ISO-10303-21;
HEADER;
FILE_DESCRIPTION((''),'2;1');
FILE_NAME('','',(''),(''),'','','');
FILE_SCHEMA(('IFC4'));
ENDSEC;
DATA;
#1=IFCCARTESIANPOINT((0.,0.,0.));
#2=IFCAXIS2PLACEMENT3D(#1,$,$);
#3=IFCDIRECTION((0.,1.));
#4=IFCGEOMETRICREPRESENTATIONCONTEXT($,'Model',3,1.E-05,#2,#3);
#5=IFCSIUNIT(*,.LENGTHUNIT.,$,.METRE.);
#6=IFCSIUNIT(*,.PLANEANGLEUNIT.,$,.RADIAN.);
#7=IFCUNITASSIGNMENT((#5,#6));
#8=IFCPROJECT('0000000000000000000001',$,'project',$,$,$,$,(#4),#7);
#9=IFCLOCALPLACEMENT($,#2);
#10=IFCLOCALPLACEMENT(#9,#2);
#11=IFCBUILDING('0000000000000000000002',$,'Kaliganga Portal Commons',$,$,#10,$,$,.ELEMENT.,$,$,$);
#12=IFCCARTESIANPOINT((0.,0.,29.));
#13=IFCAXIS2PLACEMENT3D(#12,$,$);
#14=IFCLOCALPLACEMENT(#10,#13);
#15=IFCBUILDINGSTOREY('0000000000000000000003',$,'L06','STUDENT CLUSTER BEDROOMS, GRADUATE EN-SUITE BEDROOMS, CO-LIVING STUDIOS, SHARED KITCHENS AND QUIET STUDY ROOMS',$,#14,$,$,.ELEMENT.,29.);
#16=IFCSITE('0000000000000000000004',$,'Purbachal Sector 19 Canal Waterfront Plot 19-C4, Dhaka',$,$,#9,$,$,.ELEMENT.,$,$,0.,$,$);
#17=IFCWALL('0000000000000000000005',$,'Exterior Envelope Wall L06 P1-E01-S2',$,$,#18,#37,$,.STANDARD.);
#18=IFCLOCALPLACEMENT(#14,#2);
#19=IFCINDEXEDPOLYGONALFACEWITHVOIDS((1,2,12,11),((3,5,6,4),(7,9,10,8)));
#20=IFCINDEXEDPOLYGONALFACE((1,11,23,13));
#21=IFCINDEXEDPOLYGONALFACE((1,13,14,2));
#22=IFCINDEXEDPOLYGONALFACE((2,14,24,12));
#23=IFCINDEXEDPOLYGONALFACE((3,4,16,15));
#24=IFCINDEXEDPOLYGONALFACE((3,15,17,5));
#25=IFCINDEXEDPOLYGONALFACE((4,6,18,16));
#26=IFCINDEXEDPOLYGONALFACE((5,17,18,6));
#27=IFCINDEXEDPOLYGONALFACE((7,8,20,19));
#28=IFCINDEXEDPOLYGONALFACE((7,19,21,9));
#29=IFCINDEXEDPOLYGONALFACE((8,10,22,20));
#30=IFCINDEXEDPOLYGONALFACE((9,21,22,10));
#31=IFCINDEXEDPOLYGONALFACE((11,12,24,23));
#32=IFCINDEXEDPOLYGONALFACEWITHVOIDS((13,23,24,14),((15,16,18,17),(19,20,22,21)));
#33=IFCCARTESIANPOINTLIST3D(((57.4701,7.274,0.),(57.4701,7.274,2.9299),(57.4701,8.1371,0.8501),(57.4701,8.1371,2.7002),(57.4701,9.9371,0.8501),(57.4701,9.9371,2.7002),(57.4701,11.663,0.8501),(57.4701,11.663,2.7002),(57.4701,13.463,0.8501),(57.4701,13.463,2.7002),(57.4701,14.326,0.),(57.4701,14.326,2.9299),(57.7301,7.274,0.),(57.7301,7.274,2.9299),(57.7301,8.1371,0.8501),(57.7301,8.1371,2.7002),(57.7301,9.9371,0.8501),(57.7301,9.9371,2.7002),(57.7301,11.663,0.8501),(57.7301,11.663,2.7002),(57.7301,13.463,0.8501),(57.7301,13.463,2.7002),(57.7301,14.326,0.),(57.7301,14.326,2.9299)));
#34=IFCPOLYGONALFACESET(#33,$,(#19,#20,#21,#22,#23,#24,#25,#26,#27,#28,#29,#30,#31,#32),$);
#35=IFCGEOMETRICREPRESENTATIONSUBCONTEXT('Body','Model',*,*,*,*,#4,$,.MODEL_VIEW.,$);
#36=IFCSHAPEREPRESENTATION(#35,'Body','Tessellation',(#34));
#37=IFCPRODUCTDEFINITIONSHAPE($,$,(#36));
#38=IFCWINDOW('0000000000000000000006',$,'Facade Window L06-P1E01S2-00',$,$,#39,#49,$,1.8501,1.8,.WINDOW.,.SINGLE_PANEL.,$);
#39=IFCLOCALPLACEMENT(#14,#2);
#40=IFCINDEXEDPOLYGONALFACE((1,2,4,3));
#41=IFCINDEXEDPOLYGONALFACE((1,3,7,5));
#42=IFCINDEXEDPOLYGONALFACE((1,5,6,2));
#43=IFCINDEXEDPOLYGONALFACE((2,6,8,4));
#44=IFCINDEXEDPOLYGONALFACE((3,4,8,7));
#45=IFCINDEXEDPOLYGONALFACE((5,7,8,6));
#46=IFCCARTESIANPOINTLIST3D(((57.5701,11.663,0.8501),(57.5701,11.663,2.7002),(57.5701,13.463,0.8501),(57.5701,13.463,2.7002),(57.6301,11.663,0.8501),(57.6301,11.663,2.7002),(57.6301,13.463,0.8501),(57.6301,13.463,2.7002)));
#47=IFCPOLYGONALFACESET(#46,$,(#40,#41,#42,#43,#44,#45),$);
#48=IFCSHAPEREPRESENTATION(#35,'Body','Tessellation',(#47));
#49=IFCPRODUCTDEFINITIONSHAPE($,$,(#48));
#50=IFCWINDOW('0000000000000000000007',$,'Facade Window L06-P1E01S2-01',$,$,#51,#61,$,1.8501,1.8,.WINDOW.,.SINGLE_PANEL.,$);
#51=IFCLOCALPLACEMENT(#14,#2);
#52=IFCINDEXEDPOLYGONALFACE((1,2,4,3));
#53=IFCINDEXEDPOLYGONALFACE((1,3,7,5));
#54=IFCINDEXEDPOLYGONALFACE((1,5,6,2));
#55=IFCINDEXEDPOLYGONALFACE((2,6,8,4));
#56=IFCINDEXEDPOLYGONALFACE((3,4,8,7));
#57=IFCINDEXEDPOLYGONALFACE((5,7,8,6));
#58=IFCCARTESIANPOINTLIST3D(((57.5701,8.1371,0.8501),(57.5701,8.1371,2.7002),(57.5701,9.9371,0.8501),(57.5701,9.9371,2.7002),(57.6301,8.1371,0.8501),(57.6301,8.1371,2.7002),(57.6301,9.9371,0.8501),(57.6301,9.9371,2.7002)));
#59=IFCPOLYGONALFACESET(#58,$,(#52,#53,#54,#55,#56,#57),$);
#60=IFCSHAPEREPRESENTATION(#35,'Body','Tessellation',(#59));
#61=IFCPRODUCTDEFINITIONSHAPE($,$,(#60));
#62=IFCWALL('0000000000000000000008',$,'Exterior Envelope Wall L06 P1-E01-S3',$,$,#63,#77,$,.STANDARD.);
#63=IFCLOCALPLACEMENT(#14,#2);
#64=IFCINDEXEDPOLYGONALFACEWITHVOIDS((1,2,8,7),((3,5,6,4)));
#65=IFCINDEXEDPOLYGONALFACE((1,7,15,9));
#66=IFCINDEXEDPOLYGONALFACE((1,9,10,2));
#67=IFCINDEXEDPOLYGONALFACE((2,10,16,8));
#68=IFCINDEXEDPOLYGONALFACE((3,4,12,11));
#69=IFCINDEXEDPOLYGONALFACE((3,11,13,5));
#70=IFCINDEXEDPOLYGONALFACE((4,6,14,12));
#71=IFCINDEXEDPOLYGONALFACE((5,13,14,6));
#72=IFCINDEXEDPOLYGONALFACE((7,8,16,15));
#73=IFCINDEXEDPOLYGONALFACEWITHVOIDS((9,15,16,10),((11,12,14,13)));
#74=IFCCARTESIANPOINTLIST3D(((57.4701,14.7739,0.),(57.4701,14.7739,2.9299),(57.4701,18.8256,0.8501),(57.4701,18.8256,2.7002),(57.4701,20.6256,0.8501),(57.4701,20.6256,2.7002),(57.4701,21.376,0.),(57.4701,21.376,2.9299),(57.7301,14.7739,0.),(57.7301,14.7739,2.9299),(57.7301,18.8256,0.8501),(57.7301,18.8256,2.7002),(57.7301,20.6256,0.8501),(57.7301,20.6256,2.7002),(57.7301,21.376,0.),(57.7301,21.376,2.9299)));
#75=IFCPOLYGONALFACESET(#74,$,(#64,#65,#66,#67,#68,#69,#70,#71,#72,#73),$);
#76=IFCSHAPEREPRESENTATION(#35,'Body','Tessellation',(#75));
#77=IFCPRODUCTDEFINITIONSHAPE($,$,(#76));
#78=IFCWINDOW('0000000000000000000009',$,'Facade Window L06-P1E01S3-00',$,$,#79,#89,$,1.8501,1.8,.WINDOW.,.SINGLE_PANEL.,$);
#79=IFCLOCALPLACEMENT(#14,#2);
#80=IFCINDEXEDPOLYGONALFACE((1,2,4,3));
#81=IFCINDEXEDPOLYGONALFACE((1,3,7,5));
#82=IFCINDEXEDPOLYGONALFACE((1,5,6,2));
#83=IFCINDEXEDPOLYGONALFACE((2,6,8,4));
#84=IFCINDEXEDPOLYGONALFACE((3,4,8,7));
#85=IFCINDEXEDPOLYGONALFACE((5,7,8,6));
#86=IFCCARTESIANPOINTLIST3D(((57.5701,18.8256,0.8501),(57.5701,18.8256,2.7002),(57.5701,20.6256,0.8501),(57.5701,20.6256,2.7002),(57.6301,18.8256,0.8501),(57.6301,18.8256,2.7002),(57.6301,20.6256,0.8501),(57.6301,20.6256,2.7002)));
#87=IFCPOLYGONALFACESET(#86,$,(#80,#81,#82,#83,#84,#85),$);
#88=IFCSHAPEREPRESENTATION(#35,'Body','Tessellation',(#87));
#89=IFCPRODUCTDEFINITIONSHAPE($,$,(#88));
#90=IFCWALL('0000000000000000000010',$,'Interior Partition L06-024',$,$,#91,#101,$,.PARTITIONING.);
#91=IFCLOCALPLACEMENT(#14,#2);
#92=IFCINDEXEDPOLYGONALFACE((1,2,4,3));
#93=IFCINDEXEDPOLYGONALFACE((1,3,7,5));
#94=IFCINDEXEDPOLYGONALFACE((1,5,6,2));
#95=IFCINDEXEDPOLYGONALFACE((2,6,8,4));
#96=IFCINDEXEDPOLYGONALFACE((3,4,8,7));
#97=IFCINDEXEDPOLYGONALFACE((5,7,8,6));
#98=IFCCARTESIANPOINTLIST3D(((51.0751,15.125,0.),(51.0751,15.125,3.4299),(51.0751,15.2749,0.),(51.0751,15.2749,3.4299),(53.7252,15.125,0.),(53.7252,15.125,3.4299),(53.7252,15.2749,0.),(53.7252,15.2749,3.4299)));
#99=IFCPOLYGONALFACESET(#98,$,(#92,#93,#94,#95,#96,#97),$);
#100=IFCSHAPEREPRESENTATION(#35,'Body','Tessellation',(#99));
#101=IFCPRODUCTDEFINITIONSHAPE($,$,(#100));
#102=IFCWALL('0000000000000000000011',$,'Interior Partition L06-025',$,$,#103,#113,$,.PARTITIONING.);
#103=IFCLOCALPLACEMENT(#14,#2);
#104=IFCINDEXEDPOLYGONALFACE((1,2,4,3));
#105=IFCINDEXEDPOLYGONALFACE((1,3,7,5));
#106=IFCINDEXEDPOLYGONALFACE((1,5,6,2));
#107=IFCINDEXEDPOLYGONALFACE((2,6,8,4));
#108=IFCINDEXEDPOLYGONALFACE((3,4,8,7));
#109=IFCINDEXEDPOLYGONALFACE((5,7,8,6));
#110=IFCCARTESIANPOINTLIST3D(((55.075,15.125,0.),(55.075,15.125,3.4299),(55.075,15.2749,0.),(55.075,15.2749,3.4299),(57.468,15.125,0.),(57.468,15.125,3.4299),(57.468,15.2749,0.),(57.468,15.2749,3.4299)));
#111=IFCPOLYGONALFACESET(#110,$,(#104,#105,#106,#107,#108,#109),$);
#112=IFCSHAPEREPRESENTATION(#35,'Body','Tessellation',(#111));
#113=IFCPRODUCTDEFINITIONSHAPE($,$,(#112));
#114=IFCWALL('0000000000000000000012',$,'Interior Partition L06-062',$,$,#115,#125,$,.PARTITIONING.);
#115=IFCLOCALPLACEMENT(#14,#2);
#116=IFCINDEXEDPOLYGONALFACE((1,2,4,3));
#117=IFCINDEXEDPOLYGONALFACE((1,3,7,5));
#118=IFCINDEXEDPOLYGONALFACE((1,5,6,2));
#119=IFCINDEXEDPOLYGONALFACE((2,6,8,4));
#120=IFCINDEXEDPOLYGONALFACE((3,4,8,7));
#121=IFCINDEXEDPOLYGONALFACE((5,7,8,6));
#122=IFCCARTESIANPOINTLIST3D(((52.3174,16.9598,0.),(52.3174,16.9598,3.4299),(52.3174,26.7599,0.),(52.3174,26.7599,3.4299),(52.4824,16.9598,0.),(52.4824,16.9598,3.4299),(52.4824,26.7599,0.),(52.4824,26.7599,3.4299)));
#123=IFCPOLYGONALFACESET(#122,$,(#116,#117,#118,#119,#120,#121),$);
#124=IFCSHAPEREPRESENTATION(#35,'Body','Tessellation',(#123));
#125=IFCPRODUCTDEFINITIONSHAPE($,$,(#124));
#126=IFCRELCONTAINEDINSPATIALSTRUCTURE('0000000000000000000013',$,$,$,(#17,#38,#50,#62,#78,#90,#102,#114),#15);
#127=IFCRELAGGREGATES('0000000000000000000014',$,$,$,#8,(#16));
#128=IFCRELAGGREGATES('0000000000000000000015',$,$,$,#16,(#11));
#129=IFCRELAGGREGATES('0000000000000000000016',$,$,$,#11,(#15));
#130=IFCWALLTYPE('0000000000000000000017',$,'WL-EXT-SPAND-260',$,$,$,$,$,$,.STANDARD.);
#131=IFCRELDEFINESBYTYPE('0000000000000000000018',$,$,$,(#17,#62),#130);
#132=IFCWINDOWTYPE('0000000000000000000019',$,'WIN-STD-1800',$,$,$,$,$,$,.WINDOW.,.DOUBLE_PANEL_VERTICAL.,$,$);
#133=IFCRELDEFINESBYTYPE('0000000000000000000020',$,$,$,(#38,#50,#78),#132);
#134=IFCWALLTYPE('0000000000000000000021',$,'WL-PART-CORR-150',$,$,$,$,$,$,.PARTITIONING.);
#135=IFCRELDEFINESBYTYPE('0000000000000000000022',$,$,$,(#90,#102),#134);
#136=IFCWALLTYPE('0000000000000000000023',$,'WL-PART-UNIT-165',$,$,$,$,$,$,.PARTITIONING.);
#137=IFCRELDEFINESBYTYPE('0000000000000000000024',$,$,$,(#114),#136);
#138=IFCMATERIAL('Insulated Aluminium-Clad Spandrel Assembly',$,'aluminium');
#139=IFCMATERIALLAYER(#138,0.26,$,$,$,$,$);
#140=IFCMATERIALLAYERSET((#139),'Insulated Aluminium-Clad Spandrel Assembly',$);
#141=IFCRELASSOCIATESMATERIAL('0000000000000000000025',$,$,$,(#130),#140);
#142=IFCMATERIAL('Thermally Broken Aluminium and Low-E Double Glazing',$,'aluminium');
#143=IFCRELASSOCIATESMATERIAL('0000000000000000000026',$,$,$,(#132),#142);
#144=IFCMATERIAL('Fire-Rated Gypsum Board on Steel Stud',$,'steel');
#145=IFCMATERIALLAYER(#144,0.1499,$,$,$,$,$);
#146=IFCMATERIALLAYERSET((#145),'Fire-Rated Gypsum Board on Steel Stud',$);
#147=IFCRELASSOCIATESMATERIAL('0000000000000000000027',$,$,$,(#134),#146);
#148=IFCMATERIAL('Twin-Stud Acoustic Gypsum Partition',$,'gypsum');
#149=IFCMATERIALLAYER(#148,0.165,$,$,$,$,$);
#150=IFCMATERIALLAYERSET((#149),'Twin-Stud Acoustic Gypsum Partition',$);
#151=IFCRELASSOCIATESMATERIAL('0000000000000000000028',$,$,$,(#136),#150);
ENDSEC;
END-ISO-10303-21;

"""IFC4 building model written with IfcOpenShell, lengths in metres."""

from ifc_helpers import new_model, si_unit, direction, frame, frame_2d, origin, place, context, subcontext, project, spatial, rectangle, extrude, material, layer, layer_set, type_object, element, fill, save


model = new_model("IFC4")

# Units and contexts
model_context = context("Model", 3, precision=1e-05, world=origin(), true_north=direction((0.0, 1.0)))
body_context = subcontext(model_context, "Body", "Model", "MODEL_VIEW")
ifc_project = project(units=[si_unit("LENGTHUNIT", "METRE"), si_unit("PLANEANGLEUNIT", "RADIAN")], contexts=[model_context])

# Site, building, storey
site_placement = place(None, origin())
site = spatial("IfcSite", under=ifc_project, at=site_placement, Name="Purbachal Sector 19 Canal Waterfront Plot 19-C4, Dhaka", CompositionType="ELEMENT", RefElevation=0.0)
building_placement = place(site_placement, origin())
building = spatial("IfcBuilding", under=site, at=building_placement, Name="Kaliganga Portal Commons", CompositionType="ELEMENT")
storey_placement = place(building_placement, frame((0.0, 0.0, 29.0)))
storey = spatial("IfcBuildingStorey", under=building, at=storey_placement, Name="L06", Description="STUDENT CLUSTER BEDROOMS, GRADUATE EN-SUITE BEDROOMS, CO-LIVING STUDIOS, SHARED KITCHENS AND QUIET STUDY ROOMS", CompositionType="ELEMENT", Elevation=29.0)

# Wall, openings, windows
ifc_material_1 = material(Name="Insulated Aluminium-Clad Spandrel Assembly", Category="aluminium")
ifc_layer_1 = layer(ifc_material_1, 0.26)
ifc_layer_set_1 = layer_set([ifc_layer_1], Name="Insulated Aluminium-Clad Spandrel Assembly")
wall_type_1 = type_object("IfcWallType", Name="WL-EXT-SPAND-260", PredefinedType="STANDARD", material=ifc_layer_set_1)
wall_1_placement = place(storey_placement, frame((57.6001, 14.3259, 0.0), z_axis=(0.0, 0.0, 1.0), x_axis=(0.0, -1.0, 0.0)))
wall_1 = element("IfcWall", 1, at=wall_1_placement, inside=storey, type_object=wall_type_1, Name="Exterior Envelope Wall L06 P1-E01-S2", PredefinedType="STANDARD", context=body_context, shape_type="SweptSolid", body=[
    extrude(rectangle(XDim=7.052, YDim=0.26, at=frame_2d((3.5259, 0.0))), origin(), (0.0, 0.0, 1.0), 2.9299),
])
opening_1_placement = place(wall_1_placement, frame((0.863, 0.0, 0.8501)))
opening_1 = element("IfcOpeningElement", 2, at=opening_1_placement, cuts=wall_1, PredefinedType="OPENING", context=body_context, shape_type="SweptSolid", body=[
    extrude(rectangle(XDim=1.8, YDim=1.8501, at=frame_2d((0.8999, 0.925))), frame((0.0, 0.1401, 0.0), z_axis=(0.0, -1.0, 0.0), x_axis=(1.0, 0.0, 0.0)), (0.0, 0.0, 1.0), 0.28),
])
opening_2_placement = place(wall_1_placement, frame((4.3889, 0.0, 0.8501)))
opening_2 = element("IfcOpeningElement", 3, at=opening_2_placement, cuts=wall_1, PredefinedType="OPENING", context=body_context, shape_type="SweptSolid", body=[
    extrude(rectangle(XDim=1.8, YDim=1.8501, at=frame_2d((0.8999, 0.925))), frame((0.0, 0.1401, 0.0), z_axis=(0.0, -1.0, 0.0), x_axis=(1.0, 0.0, 0.0)), (0.0, 0.0, 1.0), 0.28),
])
ifc_material_2 = material(Name="Thermally Broken Aluminium and Low-E Double Glazing", Category="aluminium")
window_type = type_object("IfcWindowType", Name="WIN-STD-1800", PartitioningType="DOUBLE_PANEL_VERTICAL", PredefinedType="WINDOW", material=ifc_material_2)
window_1_placement = place(opening_1_placement, origin())
window_1 = element("IfcWindow", 4, at=window_1_placement, inside=storey, type_object=window_type, Name="Facade Window L06-P1E01S2-00", OverallHeight=1.8501, OverallWidth=1.8, PartitioningType="SINGLE_PANEL", PredefinedType="WINDOW", context=body_context, shape_type="SweptSolid", body=[
    extrude(rectangle(XDim=1.8, YDim=1.8501, at=frame_2d((0.8999, 0.925))), frame((0.0, 0.03, 0.0), z_axis=(0.0, -1.0, 0.0), x_axis=(1.0, 0.0, 0.0)), (0.0, 0.0, 1.0), 0.0601),
])
fill(opening_1, window_1)
window_2_placement = place(opening_2_placement, origin())
window_2 = element("IfcWindow", 5, at=window_2_placement, inside=storey, type_object=window_type, Name="Facade Window L06-P1E01S2-01", OverallHeight=1.8501, OverallWidth=1.8, PartitioningType="SINGLE_PANEL", PredefinedType="WINDOW", context=body_context, shape_type="SweptSolid", body=[
    extrude(rectangle(XDim=1.8, YDim=1.8501, at=frame_2d((0.8999, 0.925))), frame((0.0, 0.03, 0.0), z_axis=(0.0, -1.0, 0.0), x_axis=(1.0, 0.0, 0.0)), (0.0, 0.0, 1.0), 0.0601),
])
fill(opening_2, window_2)

# Wall, opening, window
wall_2_placement = place(storey_placement, frame((57.6001, 21.376, 0.0), z_axis=(0.0, 0.0, 1.0), x_axis=(0.0, -1.0, 0.0)))
wall_2 = element("IfcWall", 6, at=wall_2_placement, inside=storey, type_object=wall_type_1, Name="Exterior Envelope Wall L06 P1-E01-S3", PredefinedType="STANDARD", context=body_context, shape_type="SweptSolid", body=[
    extrude(rectangle(XDim=6.6021, YDim=0.26, at=frame_2d((3.301, 0.0))), origin(), (0.0, 0.0, 1.0), 2.9299),
])
opening_3_placement = place(wall_2_placement, frame((0.7505, 0.0, 0.8501)))
opening_3 = element("IfcOpeningElement", 7, at=opening_3_placement, cuts=wall_2, PredefinedType="OPENING", context=body_context, shape_type="SweptSolid", body=[
    extrude(rectangle(XDim=1.8, YDim=1.8501, at=frame_2d((0.8999, 0.925))), frame((0.0, 0.1401, 0.0), z_axis=(0.0, -1.0, 0.0), x_axis=(1.0, 0.0, 0.0)), (0.0, 0.0, 1.0), 0.28),
])
window_3_placement = place(opening_3_placement, origin())
window_3 = element("IfcWindow", 8, at=window_3_placement, inside=storey, type_object=window_type, Name="Facade Window L06-P1E01S3-00", OverallHeight=1.8501, OverallWidth=1.8, PartitioningType="SINGLE_PANEL", PredefinedType="WINDOW", context=body_context, shape_type="SweptSolid", body=[
    extrude(rectangle(XDim=1.8, YDim=1.8501, at=frame_2d((0.8999, 0.925))), frame((0.0, 0.03, 0.0), z_axis=(0.0, -1.0, 0.0), x_axis=(1.0, 0.0, 0.0)), (0.0, 0.0, 1.0), 0.0601),
])
fill(opening_3, window_3)

# Walls
ifc_material_3 = material(Name="Fire-Rated Gypsum Board on Steel Stud", Category="steel")
ifc_layer_2 = layer(ifc_material_3, 0.1499)
ifc_layer_set_2 = layer_set([ifc_layer_2], Name="Fire-Rated Gypsum Board on Steel Stud")
wall_type_2 = type_object("IfcWallType", Name="WL-PART-CORR-150", PredefinedType="PARTITIONING", material=ifc_layer_set_2)
wall_3_placement = place(storey_placement, frame((51.075, 15.2, 0.0), z_axis=(0.0, 0.0, 1.0), x_axis=(1.0, 0.0, 0.0)))
element("IfcWall", 9, at=wall_3_placement, inside=storey, type_object=wall_type_2, Name="Interior Partition L06-024", PredefinedType="PARTITIONING", context=body_context, shape_type="SweptSolid", body=[
    extrude(rectangle(XDim=2.6501, YDim=0.1499, at=frame_2d((1.3252, 0.0))), origin(), (0.0, 0.0, 1.0), 3.4299),
])
wall_4_placement = place(storey_placement, frame((55.075, 15.2, 0.0), z_axis=(0.0, 0.0, 1.0), x_axis=(1.0, 0.0, 0.0)))
element("IfcWall", 10, at=wall_4_placement, inside=storey, type_object=wall_type_2, Name="Interior Partition L06-025", PredefinedType="PARTITIONING", context=body_context, shape_type="SweptSolid", body=[
    extrude(rectangle(XDim=2.3931, YDim=0.1499, at=frame_2d((1.1965, 0.0))), origin(), (0.0, 0.0, 1.0), 3.4299),
])

# Wall
ifc_material_4 = material(Name="Twin-Stud Acoustic Gypsum Partition", Category="gypsum")
ifc_layer_3 = layer(ifc_material_4, 0.165)
ifc_layer_set_3 = layer_set([ifc_layer_3], Name="Twin-Stud Acoustic Gypsum Partition")
wall_type_3 = type_object("IfcWallType", Name="WL-PART-UNIT-165", PredefinedType="PARTITIONING", material=ifc_layer_set_3)
wall_5_placement = place(storey_placement, frame((52.3999, 16.96, 0.0), z_axis=(0.0, 0.0, 1.0), x_axis=(0.0, 1.0, 0.0)))
element("IfcWall", 11, at=wall_5_placement, inside=storey, type_object=wall_type_3, Name="Interior Partition L06-062", PredefinedType="PARTITIONING", context=body_context, shape_type="SweptSolid", body=[
    extrude(rectangle(XDim=9.8, YDim=0.165, at=frame_2d((4.8999, 0.0))), origin(), (0.0, 0.0, 1.0), 3.4299),
])

save(model, "model.ifc")
